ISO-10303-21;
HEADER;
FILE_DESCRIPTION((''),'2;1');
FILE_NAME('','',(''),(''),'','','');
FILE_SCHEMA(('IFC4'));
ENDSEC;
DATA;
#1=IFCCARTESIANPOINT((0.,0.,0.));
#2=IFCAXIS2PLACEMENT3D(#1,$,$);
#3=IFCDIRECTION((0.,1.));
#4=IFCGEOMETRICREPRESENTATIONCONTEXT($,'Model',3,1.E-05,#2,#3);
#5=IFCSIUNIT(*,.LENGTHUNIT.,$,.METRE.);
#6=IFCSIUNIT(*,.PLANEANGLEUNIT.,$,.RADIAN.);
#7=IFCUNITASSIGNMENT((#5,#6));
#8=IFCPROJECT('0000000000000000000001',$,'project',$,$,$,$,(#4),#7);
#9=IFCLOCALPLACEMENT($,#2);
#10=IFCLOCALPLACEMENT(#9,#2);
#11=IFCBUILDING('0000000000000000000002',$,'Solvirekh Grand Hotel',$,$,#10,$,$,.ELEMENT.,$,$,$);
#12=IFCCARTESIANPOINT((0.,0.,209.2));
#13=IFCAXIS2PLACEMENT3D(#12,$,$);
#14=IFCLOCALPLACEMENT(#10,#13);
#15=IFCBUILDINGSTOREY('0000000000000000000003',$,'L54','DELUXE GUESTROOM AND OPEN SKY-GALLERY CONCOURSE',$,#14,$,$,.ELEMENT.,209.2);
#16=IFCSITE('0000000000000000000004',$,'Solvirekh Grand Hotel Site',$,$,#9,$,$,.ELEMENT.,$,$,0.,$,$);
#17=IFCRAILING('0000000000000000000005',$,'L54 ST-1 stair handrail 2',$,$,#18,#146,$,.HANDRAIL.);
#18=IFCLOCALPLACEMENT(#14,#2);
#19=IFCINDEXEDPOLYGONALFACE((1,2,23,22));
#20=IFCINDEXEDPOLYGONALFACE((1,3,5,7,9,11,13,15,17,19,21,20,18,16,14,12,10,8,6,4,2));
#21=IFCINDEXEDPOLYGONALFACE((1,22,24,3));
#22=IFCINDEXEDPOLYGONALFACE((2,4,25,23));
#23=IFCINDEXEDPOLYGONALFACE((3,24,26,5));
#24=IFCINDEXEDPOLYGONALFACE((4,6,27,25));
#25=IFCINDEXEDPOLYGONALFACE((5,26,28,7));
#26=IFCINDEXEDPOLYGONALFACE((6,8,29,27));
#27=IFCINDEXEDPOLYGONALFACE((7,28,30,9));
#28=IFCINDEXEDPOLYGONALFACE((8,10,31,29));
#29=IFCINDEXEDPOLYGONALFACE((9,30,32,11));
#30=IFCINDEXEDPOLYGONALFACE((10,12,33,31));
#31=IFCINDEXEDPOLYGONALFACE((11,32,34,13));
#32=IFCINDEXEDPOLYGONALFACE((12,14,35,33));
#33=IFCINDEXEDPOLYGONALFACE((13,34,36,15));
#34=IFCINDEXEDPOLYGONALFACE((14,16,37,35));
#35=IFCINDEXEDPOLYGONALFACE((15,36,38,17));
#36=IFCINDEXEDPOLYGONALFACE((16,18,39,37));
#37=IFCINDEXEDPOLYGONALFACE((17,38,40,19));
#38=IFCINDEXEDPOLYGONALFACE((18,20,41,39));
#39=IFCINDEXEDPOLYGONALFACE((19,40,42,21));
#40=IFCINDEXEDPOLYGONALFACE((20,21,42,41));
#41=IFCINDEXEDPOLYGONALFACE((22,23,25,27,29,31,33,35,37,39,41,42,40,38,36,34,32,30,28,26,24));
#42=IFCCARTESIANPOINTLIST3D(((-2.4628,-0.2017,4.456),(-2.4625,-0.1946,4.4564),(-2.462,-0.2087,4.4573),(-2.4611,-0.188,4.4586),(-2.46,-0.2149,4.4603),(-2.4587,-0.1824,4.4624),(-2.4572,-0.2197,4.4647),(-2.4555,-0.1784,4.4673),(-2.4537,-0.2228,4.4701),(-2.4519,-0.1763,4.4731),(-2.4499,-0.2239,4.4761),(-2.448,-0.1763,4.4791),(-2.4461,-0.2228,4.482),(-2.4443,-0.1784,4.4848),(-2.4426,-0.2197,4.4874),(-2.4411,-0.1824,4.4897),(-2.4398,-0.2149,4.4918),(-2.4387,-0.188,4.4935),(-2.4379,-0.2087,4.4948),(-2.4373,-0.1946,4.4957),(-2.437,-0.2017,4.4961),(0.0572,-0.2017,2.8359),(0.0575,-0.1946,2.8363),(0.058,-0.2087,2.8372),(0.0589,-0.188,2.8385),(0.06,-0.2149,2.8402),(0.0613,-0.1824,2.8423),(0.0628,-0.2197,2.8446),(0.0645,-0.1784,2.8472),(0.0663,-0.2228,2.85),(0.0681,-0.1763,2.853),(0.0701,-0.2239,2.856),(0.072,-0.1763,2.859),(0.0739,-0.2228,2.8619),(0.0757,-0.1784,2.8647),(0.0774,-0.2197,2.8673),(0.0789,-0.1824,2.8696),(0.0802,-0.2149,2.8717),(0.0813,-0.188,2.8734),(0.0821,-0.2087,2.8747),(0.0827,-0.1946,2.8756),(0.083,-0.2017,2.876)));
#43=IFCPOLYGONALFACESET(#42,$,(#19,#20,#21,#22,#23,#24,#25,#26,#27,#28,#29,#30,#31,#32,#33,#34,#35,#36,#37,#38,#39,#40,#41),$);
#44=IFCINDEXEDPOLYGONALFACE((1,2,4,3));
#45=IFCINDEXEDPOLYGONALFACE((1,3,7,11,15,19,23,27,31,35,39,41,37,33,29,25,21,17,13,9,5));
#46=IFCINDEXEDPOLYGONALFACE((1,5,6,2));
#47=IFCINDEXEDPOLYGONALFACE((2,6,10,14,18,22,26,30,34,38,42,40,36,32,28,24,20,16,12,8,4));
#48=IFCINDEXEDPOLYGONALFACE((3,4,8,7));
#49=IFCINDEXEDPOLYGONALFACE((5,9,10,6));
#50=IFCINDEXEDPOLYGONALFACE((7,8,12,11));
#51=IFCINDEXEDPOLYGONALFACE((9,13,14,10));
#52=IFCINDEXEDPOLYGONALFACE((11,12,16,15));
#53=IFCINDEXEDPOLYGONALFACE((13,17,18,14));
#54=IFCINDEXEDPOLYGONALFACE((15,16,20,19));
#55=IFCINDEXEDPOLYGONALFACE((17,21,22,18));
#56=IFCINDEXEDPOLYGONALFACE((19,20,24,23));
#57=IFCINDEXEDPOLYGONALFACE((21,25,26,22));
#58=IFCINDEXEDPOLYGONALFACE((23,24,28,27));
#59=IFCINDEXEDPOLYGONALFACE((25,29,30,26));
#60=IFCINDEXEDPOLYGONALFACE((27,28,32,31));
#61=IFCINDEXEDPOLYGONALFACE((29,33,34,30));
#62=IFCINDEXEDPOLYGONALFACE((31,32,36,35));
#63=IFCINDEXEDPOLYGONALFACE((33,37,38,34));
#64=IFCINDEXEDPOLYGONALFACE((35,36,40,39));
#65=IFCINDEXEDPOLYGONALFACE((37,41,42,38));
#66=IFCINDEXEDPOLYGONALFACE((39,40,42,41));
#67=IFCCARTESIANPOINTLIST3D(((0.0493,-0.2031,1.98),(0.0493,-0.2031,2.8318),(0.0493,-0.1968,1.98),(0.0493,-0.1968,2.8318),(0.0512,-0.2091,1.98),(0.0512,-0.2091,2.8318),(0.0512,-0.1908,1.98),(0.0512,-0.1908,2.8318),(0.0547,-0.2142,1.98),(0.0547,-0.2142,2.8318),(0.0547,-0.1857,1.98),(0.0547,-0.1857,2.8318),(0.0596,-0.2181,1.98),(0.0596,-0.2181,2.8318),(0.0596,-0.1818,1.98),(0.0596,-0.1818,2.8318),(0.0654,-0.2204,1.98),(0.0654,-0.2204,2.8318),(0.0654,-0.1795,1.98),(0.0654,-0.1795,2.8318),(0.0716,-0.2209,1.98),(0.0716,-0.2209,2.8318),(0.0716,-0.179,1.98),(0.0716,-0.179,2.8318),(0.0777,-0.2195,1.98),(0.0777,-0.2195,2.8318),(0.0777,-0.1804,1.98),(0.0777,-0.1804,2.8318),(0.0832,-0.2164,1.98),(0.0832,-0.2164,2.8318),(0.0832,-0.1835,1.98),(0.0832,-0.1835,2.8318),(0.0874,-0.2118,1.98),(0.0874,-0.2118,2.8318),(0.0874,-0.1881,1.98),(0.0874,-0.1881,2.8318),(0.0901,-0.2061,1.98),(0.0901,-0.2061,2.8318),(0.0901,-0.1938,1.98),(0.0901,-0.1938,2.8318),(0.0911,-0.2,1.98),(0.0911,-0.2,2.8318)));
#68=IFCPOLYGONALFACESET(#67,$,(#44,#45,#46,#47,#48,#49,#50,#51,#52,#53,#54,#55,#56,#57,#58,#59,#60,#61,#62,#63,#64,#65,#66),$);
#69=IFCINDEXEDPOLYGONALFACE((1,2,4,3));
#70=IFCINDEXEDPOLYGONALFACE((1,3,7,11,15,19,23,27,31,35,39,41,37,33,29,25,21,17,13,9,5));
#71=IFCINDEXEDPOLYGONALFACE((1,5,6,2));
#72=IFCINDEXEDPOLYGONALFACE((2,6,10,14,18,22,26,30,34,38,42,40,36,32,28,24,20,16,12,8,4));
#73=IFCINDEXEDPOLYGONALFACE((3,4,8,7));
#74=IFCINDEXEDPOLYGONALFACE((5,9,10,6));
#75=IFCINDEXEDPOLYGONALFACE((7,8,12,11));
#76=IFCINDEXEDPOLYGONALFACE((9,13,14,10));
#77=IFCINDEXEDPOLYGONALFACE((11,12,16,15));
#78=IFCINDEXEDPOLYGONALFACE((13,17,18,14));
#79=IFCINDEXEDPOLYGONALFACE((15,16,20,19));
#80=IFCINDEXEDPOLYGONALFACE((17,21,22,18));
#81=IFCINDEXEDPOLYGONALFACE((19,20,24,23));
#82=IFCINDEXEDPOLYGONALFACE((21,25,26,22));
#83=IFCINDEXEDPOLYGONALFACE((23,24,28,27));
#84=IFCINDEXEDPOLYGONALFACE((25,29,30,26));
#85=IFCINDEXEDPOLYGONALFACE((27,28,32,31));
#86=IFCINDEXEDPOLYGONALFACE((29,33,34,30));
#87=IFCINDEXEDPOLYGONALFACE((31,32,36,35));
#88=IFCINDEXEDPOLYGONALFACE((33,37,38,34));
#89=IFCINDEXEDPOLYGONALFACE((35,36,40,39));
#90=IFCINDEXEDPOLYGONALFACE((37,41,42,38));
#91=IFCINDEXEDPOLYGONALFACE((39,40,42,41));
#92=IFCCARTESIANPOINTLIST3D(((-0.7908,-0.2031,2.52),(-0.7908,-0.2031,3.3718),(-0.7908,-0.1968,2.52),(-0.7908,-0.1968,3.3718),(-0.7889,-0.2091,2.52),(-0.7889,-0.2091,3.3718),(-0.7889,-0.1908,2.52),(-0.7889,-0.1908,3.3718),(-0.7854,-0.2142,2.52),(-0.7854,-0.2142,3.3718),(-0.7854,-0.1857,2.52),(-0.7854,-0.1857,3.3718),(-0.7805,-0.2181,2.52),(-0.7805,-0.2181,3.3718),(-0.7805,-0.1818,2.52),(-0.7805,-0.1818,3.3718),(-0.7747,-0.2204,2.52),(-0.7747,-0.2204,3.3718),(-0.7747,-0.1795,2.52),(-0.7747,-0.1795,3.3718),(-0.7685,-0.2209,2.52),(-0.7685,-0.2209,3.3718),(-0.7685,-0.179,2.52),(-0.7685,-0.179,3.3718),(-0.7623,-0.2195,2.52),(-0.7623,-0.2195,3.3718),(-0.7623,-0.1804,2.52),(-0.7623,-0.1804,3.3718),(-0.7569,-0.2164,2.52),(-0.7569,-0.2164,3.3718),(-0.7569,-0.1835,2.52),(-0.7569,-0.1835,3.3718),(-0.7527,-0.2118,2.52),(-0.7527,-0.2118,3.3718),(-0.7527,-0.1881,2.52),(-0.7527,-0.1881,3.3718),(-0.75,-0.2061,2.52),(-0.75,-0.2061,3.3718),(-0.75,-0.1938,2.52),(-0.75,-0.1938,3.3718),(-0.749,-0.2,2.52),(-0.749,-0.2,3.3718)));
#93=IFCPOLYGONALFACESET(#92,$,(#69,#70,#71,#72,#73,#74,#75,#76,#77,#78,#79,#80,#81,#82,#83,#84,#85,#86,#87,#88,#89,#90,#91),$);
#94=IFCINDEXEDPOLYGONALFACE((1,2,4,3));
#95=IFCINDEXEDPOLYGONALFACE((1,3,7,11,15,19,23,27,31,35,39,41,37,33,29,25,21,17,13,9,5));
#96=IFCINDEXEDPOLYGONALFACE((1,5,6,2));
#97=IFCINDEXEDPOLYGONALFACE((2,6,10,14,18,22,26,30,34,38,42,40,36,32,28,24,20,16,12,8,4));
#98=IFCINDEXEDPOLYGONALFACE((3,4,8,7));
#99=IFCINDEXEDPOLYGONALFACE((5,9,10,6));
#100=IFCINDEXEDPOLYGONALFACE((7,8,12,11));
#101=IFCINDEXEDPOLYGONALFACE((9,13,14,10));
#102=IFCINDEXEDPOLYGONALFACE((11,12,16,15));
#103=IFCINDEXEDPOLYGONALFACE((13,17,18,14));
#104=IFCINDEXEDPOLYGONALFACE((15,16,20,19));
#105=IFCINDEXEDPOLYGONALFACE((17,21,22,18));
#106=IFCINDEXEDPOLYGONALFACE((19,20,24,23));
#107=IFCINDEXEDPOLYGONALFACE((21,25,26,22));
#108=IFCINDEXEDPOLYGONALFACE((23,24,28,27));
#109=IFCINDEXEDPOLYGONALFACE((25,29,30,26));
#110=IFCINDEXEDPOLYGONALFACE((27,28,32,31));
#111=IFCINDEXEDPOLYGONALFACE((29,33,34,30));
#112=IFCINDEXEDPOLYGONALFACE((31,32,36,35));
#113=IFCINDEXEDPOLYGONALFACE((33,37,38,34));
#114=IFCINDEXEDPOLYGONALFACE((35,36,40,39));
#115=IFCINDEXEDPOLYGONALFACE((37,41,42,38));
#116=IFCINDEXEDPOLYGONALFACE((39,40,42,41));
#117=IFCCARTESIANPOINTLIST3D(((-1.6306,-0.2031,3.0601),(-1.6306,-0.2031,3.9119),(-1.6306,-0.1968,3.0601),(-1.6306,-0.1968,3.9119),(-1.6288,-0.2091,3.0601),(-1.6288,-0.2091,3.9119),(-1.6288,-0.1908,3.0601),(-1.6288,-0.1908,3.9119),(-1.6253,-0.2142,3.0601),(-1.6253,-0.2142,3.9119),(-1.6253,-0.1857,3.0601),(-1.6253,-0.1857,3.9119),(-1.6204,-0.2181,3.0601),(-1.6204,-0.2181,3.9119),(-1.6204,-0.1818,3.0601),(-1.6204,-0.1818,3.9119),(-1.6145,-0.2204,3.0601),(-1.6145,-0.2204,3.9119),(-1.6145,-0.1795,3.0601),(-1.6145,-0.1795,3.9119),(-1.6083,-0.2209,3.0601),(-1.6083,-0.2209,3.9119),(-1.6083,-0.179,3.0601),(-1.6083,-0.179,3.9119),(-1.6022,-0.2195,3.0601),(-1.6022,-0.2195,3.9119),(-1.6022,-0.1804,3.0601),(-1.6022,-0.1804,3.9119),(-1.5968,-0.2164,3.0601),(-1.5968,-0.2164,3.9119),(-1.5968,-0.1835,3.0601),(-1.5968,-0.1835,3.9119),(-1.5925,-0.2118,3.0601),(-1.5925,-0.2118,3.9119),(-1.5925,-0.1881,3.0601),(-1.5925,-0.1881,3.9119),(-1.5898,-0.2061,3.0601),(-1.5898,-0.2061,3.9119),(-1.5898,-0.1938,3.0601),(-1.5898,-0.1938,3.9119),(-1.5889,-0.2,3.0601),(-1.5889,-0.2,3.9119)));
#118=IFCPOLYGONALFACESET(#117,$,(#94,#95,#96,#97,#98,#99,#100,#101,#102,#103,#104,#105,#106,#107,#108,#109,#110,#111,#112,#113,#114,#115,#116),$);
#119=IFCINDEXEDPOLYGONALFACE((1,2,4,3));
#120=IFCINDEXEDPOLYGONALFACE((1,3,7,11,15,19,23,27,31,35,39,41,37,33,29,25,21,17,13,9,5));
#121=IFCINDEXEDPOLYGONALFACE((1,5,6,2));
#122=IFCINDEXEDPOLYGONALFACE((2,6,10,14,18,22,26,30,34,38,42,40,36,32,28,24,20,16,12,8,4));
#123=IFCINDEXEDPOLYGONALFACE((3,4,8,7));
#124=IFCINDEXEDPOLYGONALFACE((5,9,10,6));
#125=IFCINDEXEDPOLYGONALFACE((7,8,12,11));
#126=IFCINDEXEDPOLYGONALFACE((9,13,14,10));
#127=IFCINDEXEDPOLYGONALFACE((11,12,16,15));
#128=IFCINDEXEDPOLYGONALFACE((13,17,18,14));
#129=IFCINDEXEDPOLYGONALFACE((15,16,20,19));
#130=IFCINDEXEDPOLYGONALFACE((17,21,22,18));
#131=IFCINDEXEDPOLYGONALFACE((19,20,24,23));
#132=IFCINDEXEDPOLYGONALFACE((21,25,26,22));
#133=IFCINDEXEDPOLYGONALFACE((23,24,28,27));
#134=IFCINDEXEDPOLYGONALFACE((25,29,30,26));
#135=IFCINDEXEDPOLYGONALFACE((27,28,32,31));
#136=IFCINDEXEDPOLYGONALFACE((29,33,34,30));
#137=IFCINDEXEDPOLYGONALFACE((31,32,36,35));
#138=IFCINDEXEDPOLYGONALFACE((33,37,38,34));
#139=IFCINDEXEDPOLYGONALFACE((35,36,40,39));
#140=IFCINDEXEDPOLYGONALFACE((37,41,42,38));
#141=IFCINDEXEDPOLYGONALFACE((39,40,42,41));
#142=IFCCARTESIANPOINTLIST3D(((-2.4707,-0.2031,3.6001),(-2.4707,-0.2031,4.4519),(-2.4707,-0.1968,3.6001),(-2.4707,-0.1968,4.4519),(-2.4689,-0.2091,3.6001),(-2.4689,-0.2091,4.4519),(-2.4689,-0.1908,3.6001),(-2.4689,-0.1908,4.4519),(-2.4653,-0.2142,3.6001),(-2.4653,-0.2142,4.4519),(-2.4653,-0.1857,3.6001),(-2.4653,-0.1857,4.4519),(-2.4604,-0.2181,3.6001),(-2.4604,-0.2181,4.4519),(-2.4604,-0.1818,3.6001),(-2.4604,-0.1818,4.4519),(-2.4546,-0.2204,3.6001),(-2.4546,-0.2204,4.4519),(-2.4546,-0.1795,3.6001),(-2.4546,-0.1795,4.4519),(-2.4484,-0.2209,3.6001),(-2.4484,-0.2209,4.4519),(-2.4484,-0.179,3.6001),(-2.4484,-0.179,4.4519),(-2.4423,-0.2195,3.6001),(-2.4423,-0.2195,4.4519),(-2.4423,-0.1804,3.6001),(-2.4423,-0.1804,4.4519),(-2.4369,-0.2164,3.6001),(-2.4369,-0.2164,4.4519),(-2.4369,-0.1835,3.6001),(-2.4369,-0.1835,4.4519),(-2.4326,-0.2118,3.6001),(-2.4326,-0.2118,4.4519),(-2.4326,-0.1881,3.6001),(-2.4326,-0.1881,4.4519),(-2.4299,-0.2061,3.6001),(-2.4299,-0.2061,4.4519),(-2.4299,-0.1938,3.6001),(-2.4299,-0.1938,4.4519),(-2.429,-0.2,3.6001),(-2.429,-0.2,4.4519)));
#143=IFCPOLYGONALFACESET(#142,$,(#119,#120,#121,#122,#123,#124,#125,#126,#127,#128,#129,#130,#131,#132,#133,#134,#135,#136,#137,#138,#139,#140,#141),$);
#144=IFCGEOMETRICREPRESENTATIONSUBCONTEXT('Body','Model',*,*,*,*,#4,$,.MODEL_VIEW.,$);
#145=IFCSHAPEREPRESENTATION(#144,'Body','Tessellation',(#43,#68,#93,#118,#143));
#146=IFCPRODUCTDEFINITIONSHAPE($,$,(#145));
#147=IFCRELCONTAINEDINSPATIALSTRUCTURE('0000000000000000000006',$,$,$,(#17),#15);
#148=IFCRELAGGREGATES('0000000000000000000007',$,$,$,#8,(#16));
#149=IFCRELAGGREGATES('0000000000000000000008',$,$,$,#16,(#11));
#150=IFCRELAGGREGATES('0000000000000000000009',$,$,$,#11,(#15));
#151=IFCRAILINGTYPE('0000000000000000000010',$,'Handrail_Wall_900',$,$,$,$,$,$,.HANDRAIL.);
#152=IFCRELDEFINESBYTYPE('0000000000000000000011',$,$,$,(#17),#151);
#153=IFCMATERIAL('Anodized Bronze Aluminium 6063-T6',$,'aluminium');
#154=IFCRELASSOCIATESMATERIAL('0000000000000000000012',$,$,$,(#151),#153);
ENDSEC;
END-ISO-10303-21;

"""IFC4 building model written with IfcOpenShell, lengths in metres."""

from ifc_helpers import new_model, si_unit, direction, frame, origin, origin_2d, place, context, subcontext, project, spatial, circle, extrude, material, type_object, element, save


model = new_model("IFC4")

# Units and contexts
model_context = context("Model", 3, precision=1e-05, world=origin(), true_north=direction((0.0, 1.0)))
body_context = subcontext(model_context, "Body", "Model", "MODEL_VIEW")
ifc_project = project(units=[si_unit("LENGTHUNIT", "METRE"), si_unit("PLANEANGLEUNIT", "RADIAN")], contexts=[model_context])

# Site, building, storey
site_placement = place(None, origin())
site = spatial("IfcSite", under=ifc_project, at=site_placement, Name="Solvirekh Grand Hotel Site", CompositionType="ELEMENT", RefElevation=0.0)
building_placement = place(site_placement, origin())
building = spatial("IfcBuilding", under=site, at=building_placement, Name="Solvirekh Grand Hotel", CompositionType="ELEMENT")
storey_placement = place(building_placement, frame((0.0, 0.0, 209.2)))
storey = spatial("IfcBuildingStorey", under=building, at=storey_placement, Name="L54", Description="DELUXE GUESTROOM AND OPEN SKY-GALLERY CONCOURSE", CompositionType="ELEMENT", Elevation=209.2)

# Railing
ifc_material_1 = material(Name="Anodized Bronze Aluminium 6063-T6", Category="aluminium")
railing_type_1 = type_object("IfcRailingType", Name="Handrail_Wall_900", PredefinedType="HANDRAIL", material=ifc_material_1)
railing_1_placement = place(storey_placement, frame((0.0701, -0.2, 1.98)))
element("IfcRailing", 1, at=railing_1_placement, inside=storey, type_object=railing_type_1, Name="L54 ST-1 stair handrail 2", PredefinedType="HANDRAIL", context=body_context, shape_type="SweptSolid", body=[
    extrude(circle(Radius=0.0239, at=origin_2d()), frame((0.0, 0.0, 0.876), z_axis=(-0.841163, 0.0, 0.540782), x_axis=(0.0, -1.0, 0.0)), (0.0, 0.0, 1.0), 2.9958),
    extrude(circle(Radius=0.021, at=origin_2d()), origin(), (0.0, 0.0, 1.0), 0.8518),
    extrude(circle(Radius=0.021, at=origin_2d()), frame((-0.8401, 0.0, 0.54)), (0.0, 0.0, 1.0), 0.8518),
    extrude(circle(Radius=0.021, at=origin_2d()), frame((-1.6799, 0.0, 1.0801)), (0.0, 0.0, 1.0), 0.8518),
    extrude(circle(Radius=0.021, at=origin_2d()), frame((-2.52, 0.0, 1.6201)), (0.0, 0.0, 1.0), 0.8518),
])

save(model, "model.ifc")
